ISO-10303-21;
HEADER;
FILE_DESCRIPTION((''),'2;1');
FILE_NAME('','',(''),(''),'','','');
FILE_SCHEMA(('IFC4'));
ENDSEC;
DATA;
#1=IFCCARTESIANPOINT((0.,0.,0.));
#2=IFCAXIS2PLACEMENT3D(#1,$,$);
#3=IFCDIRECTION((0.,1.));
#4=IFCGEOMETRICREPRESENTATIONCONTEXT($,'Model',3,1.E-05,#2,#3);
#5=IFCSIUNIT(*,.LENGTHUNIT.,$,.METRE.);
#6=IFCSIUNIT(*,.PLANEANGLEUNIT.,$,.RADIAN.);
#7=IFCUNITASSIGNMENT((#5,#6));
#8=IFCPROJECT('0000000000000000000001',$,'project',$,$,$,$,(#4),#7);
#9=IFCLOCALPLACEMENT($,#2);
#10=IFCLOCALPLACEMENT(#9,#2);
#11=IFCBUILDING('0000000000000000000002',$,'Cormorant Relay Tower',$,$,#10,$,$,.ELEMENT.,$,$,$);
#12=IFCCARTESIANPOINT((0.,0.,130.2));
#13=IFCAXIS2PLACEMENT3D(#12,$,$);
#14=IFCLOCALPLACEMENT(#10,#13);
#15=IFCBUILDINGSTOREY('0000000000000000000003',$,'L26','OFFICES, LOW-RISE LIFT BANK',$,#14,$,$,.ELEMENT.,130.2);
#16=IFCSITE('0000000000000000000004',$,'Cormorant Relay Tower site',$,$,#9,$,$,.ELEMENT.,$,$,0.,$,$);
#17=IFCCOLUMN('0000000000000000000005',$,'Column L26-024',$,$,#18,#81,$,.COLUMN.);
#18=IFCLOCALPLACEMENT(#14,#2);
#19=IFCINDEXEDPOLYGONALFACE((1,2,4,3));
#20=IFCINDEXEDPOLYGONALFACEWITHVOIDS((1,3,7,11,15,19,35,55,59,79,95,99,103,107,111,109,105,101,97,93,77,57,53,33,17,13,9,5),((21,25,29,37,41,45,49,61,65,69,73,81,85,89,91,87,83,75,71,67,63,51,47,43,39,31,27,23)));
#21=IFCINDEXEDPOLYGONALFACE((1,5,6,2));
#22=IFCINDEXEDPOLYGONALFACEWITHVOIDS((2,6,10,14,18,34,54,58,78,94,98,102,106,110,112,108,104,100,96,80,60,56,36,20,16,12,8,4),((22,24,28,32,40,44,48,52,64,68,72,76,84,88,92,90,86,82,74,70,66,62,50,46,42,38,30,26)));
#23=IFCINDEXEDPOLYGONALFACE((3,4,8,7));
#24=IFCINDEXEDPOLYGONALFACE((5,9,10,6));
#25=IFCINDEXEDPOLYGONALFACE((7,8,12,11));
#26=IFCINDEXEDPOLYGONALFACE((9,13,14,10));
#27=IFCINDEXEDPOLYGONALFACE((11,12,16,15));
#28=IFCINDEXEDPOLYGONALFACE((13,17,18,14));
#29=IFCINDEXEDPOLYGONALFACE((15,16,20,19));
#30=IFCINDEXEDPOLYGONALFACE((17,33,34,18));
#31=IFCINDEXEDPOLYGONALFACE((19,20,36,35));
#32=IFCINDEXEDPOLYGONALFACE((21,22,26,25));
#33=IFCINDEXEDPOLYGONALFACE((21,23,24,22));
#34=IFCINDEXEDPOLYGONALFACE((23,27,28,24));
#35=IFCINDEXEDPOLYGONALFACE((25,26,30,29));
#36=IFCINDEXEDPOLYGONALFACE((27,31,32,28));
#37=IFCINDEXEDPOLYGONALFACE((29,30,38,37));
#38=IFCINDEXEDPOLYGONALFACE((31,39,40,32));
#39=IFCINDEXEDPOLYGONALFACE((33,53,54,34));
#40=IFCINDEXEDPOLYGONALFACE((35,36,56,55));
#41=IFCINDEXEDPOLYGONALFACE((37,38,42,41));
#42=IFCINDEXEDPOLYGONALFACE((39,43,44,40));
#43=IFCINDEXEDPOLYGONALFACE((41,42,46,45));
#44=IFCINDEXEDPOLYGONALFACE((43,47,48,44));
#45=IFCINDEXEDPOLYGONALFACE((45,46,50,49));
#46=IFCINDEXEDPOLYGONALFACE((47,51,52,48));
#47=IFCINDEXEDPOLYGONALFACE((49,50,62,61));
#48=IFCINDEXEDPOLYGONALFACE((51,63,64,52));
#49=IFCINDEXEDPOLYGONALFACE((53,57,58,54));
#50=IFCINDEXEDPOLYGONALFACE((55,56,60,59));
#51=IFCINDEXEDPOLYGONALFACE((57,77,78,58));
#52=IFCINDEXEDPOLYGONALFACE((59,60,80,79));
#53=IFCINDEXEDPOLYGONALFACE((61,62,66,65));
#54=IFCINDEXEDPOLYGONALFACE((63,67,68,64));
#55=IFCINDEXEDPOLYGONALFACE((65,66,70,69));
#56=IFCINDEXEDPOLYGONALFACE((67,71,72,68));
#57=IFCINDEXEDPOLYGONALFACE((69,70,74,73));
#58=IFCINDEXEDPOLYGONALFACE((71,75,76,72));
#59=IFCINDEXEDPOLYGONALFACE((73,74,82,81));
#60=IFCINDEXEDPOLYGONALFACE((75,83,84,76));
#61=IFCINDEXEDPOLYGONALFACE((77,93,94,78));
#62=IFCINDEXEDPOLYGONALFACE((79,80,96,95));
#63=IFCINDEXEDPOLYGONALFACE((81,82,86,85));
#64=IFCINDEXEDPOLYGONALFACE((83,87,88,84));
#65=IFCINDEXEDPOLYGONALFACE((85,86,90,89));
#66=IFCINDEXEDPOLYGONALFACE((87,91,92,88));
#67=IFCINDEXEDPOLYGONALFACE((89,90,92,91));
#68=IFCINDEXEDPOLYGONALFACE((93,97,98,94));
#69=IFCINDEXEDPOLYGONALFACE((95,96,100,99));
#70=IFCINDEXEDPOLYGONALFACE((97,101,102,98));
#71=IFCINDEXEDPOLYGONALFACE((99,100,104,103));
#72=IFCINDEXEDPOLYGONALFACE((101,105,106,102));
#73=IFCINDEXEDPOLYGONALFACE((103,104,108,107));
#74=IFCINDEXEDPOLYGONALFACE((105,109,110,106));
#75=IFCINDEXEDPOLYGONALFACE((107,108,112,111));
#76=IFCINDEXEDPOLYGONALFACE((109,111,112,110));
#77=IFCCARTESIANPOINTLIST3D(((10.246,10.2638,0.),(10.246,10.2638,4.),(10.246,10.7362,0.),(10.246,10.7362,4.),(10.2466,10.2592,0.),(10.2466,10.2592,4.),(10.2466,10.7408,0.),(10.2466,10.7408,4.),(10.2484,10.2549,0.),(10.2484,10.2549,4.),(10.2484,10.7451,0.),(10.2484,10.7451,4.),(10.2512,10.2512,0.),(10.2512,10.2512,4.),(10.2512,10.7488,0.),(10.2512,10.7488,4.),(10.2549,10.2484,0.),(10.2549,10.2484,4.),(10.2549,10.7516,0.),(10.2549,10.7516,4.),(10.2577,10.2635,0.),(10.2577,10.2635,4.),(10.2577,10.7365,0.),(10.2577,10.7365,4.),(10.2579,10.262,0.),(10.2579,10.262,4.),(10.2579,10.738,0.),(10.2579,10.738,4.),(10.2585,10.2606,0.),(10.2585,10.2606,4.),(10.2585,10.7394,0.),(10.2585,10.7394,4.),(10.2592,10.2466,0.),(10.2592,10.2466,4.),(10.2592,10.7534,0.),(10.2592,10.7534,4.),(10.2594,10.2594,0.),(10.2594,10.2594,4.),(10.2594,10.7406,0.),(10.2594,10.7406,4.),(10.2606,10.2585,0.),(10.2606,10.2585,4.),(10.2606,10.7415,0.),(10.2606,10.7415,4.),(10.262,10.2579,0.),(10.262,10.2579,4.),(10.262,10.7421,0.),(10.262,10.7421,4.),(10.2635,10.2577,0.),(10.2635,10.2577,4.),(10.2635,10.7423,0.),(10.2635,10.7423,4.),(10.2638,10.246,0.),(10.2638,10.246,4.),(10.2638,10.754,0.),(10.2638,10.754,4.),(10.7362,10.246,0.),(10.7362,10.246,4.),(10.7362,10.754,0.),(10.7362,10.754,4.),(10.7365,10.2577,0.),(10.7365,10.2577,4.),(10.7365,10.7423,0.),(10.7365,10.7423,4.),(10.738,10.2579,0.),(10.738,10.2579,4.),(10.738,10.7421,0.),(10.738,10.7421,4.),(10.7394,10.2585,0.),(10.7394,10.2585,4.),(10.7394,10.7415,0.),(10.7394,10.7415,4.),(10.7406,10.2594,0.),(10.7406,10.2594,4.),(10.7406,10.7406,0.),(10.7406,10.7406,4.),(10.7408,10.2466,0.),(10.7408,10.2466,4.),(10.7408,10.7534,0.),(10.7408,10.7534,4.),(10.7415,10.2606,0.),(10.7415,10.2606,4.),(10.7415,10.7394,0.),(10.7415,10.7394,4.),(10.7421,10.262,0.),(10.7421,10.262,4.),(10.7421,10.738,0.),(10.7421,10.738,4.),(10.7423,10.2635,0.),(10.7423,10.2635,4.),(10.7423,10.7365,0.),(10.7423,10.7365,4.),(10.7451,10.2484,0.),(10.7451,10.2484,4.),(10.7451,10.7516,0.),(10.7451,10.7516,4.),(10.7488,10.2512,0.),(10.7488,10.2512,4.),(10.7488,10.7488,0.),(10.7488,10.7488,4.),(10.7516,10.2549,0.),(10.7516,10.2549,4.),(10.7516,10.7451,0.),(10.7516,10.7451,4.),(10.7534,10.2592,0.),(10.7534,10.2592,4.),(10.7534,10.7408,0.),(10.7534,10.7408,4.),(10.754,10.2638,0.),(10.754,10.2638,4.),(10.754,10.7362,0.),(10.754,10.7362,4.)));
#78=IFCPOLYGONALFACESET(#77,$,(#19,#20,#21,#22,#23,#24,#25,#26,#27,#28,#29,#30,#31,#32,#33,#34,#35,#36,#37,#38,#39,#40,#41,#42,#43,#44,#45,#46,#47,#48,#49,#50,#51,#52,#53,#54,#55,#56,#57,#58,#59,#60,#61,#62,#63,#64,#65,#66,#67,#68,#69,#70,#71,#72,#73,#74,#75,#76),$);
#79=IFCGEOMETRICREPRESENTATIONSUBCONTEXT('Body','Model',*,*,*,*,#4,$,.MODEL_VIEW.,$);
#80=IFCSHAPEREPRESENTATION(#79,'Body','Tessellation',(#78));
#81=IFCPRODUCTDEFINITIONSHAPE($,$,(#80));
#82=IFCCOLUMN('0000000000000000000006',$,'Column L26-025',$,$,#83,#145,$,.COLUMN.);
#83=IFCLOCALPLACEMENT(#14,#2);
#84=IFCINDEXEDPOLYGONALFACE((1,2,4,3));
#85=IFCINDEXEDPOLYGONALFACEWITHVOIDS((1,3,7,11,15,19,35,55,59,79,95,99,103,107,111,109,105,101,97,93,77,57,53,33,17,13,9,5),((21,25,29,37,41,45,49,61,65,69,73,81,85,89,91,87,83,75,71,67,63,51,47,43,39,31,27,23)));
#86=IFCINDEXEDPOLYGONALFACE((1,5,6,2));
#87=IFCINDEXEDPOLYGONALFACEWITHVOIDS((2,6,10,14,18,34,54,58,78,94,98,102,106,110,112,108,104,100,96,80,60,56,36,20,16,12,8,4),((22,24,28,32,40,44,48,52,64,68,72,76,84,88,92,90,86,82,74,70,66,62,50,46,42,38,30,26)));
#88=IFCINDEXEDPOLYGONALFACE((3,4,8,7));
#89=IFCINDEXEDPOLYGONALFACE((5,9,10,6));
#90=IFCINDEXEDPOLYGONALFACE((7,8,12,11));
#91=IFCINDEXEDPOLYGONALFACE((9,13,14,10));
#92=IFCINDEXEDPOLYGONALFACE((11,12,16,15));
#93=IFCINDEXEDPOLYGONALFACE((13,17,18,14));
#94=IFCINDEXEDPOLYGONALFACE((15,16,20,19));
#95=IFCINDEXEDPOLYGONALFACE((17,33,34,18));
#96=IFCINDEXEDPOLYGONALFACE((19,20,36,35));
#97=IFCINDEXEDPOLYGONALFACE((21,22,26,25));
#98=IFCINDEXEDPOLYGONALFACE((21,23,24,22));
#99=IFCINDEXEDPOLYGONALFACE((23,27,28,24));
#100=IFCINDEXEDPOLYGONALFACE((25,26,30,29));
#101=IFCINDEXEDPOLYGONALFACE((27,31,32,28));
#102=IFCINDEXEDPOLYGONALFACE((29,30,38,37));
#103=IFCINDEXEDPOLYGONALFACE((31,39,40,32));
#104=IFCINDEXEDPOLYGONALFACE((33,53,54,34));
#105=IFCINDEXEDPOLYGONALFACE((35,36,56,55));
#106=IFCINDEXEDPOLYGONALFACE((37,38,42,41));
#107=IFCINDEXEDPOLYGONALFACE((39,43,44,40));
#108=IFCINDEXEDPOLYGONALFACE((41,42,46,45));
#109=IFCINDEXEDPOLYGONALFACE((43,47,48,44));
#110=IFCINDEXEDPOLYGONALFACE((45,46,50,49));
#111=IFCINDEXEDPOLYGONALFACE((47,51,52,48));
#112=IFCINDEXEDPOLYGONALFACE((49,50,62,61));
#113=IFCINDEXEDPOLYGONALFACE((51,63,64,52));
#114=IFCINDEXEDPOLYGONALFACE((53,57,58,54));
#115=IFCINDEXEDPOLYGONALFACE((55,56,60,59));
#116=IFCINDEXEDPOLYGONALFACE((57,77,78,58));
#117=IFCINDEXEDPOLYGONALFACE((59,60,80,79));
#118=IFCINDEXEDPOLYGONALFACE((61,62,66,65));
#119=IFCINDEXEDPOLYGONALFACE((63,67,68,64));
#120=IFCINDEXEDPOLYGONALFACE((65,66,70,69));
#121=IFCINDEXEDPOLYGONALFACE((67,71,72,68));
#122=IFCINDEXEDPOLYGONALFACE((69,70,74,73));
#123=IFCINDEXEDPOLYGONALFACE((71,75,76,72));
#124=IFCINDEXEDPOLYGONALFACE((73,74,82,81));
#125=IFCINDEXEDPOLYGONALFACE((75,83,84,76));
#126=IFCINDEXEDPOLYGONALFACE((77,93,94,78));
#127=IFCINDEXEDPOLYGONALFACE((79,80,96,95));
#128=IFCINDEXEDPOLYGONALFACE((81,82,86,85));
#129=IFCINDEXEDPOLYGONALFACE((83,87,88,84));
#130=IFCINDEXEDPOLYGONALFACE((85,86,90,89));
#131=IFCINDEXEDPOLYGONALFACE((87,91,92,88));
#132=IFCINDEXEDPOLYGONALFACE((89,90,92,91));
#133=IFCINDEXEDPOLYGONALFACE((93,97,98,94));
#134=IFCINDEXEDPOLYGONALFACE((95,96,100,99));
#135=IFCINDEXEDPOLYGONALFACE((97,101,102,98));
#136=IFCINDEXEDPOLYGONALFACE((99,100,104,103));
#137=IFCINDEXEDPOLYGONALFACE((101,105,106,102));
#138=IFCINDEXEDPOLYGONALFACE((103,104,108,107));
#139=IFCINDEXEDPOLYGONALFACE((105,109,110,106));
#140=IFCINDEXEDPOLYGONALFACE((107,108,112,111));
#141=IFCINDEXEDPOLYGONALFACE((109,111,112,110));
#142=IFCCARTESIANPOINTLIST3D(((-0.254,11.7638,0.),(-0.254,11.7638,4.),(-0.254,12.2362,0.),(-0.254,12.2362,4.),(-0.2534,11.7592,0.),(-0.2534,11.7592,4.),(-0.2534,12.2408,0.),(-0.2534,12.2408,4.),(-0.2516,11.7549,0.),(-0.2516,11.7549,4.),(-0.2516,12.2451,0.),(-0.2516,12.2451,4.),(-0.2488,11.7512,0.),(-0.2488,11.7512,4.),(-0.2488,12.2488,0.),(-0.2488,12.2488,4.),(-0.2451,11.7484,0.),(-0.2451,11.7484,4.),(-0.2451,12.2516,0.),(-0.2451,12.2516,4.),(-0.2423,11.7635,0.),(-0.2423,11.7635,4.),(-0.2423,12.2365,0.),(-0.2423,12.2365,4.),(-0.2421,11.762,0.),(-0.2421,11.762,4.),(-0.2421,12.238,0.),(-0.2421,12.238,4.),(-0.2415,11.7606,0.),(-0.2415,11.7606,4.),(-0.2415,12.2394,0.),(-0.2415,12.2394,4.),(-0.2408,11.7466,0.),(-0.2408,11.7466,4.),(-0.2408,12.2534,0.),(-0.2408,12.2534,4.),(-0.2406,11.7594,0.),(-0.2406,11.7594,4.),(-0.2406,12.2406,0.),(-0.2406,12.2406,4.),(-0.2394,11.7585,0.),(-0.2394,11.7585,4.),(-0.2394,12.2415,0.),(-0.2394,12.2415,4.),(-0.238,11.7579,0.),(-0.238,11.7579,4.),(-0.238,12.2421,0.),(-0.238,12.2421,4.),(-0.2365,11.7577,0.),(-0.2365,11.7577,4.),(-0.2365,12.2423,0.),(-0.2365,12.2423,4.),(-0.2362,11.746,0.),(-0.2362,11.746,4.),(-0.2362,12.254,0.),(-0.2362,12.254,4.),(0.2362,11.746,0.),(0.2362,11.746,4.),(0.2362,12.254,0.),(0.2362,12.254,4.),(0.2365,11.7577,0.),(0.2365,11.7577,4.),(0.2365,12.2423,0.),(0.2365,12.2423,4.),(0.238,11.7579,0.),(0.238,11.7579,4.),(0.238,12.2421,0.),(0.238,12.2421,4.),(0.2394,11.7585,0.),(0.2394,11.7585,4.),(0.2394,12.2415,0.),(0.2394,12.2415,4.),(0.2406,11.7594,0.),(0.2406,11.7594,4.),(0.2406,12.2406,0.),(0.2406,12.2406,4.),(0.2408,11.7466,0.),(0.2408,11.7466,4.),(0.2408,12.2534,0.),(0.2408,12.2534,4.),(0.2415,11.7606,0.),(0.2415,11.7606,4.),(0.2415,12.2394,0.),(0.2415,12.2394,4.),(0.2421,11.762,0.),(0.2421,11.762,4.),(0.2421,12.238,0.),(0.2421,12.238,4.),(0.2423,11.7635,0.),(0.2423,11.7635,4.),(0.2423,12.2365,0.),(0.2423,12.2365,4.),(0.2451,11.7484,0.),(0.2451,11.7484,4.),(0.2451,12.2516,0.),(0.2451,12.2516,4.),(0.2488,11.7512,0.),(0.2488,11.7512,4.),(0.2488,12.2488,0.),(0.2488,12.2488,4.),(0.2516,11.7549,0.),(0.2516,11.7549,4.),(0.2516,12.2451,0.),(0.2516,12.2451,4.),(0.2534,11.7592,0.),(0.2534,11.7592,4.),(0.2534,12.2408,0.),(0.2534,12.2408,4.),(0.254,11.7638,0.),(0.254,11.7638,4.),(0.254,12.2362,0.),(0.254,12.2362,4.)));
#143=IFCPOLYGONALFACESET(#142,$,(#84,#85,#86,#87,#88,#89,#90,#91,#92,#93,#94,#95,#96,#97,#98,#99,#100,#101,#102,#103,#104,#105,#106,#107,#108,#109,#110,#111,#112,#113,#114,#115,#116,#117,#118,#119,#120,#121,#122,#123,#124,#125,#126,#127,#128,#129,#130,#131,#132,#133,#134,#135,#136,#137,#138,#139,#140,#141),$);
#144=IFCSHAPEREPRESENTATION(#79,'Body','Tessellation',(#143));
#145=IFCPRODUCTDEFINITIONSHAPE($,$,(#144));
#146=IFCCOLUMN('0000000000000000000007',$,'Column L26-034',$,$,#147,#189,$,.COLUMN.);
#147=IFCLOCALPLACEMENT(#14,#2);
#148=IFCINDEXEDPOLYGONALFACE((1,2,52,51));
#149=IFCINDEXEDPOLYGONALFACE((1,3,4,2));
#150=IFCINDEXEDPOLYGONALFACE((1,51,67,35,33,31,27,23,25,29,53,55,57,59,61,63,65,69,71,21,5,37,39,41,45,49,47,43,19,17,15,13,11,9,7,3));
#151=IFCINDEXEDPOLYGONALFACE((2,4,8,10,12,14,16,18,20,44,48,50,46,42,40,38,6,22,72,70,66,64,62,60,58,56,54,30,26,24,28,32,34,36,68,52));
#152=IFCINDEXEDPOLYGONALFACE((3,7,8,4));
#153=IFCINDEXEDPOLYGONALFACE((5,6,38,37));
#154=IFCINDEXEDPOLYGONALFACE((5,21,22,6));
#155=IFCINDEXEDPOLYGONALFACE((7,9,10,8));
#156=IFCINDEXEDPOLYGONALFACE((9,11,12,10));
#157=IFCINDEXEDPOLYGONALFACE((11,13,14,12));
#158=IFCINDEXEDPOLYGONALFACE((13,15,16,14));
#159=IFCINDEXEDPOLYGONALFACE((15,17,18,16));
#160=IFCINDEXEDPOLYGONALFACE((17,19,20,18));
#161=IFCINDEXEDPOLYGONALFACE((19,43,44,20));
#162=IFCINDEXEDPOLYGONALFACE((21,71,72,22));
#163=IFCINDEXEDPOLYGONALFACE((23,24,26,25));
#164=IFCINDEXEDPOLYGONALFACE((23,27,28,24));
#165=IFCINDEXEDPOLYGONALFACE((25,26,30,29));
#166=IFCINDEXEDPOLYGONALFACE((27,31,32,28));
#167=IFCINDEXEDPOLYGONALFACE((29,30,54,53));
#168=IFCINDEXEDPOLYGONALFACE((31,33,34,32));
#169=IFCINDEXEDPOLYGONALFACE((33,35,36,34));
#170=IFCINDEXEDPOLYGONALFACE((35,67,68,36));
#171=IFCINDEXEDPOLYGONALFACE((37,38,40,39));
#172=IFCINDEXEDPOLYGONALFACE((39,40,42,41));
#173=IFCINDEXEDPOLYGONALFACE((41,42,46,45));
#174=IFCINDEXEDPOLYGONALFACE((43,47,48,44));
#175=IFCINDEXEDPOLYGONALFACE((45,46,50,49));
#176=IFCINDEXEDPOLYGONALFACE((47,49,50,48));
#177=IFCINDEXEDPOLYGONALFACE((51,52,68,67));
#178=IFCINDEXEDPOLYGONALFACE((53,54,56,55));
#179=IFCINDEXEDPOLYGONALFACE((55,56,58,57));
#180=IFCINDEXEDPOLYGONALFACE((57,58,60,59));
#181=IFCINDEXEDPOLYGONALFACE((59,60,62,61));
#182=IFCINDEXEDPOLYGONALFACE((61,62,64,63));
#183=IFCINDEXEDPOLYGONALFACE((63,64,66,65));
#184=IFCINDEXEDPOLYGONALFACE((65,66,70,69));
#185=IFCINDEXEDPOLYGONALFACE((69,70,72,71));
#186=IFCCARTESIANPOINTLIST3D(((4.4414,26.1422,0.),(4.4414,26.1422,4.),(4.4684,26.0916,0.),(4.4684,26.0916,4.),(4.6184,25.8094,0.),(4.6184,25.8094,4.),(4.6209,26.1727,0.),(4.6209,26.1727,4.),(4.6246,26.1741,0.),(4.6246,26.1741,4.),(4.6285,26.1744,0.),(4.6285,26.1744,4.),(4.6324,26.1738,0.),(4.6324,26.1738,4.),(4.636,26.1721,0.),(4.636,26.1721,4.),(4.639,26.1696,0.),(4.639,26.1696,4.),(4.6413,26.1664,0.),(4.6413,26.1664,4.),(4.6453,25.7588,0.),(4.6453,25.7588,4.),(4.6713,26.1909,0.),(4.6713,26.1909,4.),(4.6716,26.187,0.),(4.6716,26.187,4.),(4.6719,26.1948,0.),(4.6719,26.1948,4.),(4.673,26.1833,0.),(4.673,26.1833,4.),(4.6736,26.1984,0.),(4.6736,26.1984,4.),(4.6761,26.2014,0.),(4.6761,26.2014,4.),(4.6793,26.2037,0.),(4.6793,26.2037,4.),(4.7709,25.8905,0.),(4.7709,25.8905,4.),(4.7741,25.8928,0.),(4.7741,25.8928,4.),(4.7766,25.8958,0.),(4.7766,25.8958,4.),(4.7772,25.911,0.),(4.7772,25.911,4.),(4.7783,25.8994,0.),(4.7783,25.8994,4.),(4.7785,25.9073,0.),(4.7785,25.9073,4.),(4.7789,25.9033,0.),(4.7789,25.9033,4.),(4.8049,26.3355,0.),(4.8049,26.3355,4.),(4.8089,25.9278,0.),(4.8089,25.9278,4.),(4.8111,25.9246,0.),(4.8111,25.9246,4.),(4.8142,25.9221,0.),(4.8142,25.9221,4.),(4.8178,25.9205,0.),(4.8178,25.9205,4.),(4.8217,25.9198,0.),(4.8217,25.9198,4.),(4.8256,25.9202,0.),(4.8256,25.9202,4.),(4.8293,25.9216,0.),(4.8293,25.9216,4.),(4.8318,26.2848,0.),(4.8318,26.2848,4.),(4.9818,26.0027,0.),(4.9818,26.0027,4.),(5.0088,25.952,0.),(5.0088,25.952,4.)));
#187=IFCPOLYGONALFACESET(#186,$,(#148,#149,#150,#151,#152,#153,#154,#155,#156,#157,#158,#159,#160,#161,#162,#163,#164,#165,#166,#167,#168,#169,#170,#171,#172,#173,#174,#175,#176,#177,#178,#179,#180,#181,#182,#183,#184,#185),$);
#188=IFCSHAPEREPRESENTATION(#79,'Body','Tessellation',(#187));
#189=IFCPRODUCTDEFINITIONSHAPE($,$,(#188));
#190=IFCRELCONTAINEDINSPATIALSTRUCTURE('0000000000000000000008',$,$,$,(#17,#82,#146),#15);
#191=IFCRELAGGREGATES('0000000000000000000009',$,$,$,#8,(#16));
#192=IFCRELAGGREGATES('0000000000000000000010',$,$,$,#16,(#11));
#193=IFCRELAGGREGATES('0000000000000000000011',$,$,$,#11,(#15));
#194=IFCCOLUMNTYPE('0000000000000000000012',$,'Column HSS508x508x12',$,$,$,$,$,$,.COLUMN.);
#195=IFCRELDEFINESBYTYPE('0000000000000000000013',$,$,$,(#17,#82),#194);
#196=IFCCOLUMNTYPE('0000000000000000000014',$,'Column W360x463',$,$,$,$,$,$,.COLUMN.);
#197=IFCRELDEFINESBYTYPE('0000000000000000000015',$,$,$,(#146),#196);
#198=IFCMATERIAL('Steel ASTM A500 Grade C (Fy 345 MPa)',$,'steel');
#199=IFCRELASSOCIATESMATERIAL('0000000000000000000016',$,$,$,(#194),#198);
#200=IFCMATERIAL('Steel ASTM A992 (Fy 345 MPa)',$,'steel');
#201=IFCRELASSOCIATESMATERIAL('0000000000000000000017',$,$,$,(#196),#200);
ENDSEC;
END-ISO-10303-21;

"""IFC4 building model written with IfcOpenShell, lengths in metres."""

from ifc_helpers import new_model, si_unit, direction, frame, origin, origin_2d, place, context, subcontext, project, spatial, hollow_rectangle, i_section, extrude, material, material_profile, profile_set, type_object, element, save


model = new_model("IFC4")

# Units and contexts
model_context = context("Model", 3, precision=1e-05, world=origin(), true_north=direction((0.0, 1.0)))
body_context = subcontext(model_context, "Body", "Model", "MODEL_VIEW")
ifc_project = project(units=[si_unit("LENGTHUNIT", "METRE"), si_unit("PLANEANGLEUNIT", "RADIAN")], contexts=[model_context])

# Site, building, storey
site_placement = place(None, origin())
site = spatial("IfcSite", under=ifc_project, at=site_placement, Name="Cormorant Relay Tower site", CompositionType="ELEMENT", RefElevation=0.0)
building_placement = place(site_placement, origin())
building = spatial("IfcBuilding", under=site, at=building_placement, Name="Cormorant Relay Tower", CompositionType="ELEMENT")
storey_placement = place(building_placement, frame((0.0, 0.0, 130.2)))
storey = spatial("IfcBuildingStorey", under=building, at=storey_placement, Name="L26", Description="OFFICES, LOW-RISE LIFT BANK", CompositionType="ELEMENT", Elevation=130.2)

# Columns
ifc_material_1 = material(Name="Steel ASTM A500 Grade C (Fy 345 MPa)", Category="steel")
ifc_material_profile_1 = material_profile(ifc_material_1, hollow_rectangle(XDim=0.5081, YDim=0.5081, WallThickness=0.0117, InnerFilletRadius=0.0059, OuterFilletRadius=0.0178, at=origin_2d()), Name="HSS508x508x12")
ifc_profile_set_1 = profile_set([ifc_material_profile_1], Name="Steel ASTM A500 Grade C (Fy 345 MPa)")
column_type_1 = type_object("IfcColumnType", Name="Column HSS508x508x12", PredefinedType="COLUMN", material=ifc_profile_set_1)
for number, where, z_axis, x_axis, name in (
    (1, (10.5, 10.5, 0.0), (0.0, 0.0, 1.0), (1.0, 0.0, 0.0), "Column L26-024"),
    (2, (0.0, 12.0, 0.0), (0.0, 0.0, 1.0), (1.0, 0.0, 0.0), "Column L26-025"),
):
    element("IfcColumn", number, at=place(storey_placement, frame(where, z_axis=z_axis, x_axis=x_axis)), inside=storey, type_object=column_type_1, Name=name, PredefinedType="COLUMN", context=body_context, shape_type="SweptSolid", body=[
        extrude(hollow_rectangle(XDim=0.5081, YDim=0.5081, WallThickness=0.0117, InnerFilletRadius=0.0059, OuterFilletRadius=0.0178, at=origin_2d()), origin(), (0.0, 0.0, 1.0), 4.0),
    ])
ifc_material_2 = material(Name="Steel ASTM A992 (Fy 345 MPa)", Category="steel")
ifc_material_profile_2 = material_profile(ifc_material_2, i_section(OverallWidth=0.4116, OverallDepth=0.4343, WebThickness=0.0359, FlangeThickness=0.0574, FilletRadius=0.0151, at=origin_2d()), Name="W360x463")
ifc_profile_set_2 = profile_set([ifc_material_profile_2], Name="Steel ASTM A992 (Fy 345 MPa)")
column_type_2 = type_object("IfcColumnType", Name="Column W360x463", PredefinedType="COLUMN", material=ifc_profile_set_2)
for number, where, z_axis, x_axis, name in (
    (3, (4.7251, 26.0471, 0.0), (0.0, 0.0, 1.0), (-0.882948, -0.469472, 0.0), "Column L26-034"),
):
    element("IfcColumn", number, at=place(storey_placement, frame(where, z_axis=z_axis, x_axis=x_axis)), inside=storey, type_object=column_type_2, Name=name, PredefinedType="COLUMN", context=body_context, shape_type="SweptSolid", body=[
        extrude(i_section(OverallWidth=0.4116, OverallDepth=0.4343, WebThickness=0.0359, FlangeThickness=0.0574, FilletRadius=0.0151, at=origin_2d()), origin(), (0.0, 0.0, 1.0), 4.0),
    ])

save(model, "model.ifc")
